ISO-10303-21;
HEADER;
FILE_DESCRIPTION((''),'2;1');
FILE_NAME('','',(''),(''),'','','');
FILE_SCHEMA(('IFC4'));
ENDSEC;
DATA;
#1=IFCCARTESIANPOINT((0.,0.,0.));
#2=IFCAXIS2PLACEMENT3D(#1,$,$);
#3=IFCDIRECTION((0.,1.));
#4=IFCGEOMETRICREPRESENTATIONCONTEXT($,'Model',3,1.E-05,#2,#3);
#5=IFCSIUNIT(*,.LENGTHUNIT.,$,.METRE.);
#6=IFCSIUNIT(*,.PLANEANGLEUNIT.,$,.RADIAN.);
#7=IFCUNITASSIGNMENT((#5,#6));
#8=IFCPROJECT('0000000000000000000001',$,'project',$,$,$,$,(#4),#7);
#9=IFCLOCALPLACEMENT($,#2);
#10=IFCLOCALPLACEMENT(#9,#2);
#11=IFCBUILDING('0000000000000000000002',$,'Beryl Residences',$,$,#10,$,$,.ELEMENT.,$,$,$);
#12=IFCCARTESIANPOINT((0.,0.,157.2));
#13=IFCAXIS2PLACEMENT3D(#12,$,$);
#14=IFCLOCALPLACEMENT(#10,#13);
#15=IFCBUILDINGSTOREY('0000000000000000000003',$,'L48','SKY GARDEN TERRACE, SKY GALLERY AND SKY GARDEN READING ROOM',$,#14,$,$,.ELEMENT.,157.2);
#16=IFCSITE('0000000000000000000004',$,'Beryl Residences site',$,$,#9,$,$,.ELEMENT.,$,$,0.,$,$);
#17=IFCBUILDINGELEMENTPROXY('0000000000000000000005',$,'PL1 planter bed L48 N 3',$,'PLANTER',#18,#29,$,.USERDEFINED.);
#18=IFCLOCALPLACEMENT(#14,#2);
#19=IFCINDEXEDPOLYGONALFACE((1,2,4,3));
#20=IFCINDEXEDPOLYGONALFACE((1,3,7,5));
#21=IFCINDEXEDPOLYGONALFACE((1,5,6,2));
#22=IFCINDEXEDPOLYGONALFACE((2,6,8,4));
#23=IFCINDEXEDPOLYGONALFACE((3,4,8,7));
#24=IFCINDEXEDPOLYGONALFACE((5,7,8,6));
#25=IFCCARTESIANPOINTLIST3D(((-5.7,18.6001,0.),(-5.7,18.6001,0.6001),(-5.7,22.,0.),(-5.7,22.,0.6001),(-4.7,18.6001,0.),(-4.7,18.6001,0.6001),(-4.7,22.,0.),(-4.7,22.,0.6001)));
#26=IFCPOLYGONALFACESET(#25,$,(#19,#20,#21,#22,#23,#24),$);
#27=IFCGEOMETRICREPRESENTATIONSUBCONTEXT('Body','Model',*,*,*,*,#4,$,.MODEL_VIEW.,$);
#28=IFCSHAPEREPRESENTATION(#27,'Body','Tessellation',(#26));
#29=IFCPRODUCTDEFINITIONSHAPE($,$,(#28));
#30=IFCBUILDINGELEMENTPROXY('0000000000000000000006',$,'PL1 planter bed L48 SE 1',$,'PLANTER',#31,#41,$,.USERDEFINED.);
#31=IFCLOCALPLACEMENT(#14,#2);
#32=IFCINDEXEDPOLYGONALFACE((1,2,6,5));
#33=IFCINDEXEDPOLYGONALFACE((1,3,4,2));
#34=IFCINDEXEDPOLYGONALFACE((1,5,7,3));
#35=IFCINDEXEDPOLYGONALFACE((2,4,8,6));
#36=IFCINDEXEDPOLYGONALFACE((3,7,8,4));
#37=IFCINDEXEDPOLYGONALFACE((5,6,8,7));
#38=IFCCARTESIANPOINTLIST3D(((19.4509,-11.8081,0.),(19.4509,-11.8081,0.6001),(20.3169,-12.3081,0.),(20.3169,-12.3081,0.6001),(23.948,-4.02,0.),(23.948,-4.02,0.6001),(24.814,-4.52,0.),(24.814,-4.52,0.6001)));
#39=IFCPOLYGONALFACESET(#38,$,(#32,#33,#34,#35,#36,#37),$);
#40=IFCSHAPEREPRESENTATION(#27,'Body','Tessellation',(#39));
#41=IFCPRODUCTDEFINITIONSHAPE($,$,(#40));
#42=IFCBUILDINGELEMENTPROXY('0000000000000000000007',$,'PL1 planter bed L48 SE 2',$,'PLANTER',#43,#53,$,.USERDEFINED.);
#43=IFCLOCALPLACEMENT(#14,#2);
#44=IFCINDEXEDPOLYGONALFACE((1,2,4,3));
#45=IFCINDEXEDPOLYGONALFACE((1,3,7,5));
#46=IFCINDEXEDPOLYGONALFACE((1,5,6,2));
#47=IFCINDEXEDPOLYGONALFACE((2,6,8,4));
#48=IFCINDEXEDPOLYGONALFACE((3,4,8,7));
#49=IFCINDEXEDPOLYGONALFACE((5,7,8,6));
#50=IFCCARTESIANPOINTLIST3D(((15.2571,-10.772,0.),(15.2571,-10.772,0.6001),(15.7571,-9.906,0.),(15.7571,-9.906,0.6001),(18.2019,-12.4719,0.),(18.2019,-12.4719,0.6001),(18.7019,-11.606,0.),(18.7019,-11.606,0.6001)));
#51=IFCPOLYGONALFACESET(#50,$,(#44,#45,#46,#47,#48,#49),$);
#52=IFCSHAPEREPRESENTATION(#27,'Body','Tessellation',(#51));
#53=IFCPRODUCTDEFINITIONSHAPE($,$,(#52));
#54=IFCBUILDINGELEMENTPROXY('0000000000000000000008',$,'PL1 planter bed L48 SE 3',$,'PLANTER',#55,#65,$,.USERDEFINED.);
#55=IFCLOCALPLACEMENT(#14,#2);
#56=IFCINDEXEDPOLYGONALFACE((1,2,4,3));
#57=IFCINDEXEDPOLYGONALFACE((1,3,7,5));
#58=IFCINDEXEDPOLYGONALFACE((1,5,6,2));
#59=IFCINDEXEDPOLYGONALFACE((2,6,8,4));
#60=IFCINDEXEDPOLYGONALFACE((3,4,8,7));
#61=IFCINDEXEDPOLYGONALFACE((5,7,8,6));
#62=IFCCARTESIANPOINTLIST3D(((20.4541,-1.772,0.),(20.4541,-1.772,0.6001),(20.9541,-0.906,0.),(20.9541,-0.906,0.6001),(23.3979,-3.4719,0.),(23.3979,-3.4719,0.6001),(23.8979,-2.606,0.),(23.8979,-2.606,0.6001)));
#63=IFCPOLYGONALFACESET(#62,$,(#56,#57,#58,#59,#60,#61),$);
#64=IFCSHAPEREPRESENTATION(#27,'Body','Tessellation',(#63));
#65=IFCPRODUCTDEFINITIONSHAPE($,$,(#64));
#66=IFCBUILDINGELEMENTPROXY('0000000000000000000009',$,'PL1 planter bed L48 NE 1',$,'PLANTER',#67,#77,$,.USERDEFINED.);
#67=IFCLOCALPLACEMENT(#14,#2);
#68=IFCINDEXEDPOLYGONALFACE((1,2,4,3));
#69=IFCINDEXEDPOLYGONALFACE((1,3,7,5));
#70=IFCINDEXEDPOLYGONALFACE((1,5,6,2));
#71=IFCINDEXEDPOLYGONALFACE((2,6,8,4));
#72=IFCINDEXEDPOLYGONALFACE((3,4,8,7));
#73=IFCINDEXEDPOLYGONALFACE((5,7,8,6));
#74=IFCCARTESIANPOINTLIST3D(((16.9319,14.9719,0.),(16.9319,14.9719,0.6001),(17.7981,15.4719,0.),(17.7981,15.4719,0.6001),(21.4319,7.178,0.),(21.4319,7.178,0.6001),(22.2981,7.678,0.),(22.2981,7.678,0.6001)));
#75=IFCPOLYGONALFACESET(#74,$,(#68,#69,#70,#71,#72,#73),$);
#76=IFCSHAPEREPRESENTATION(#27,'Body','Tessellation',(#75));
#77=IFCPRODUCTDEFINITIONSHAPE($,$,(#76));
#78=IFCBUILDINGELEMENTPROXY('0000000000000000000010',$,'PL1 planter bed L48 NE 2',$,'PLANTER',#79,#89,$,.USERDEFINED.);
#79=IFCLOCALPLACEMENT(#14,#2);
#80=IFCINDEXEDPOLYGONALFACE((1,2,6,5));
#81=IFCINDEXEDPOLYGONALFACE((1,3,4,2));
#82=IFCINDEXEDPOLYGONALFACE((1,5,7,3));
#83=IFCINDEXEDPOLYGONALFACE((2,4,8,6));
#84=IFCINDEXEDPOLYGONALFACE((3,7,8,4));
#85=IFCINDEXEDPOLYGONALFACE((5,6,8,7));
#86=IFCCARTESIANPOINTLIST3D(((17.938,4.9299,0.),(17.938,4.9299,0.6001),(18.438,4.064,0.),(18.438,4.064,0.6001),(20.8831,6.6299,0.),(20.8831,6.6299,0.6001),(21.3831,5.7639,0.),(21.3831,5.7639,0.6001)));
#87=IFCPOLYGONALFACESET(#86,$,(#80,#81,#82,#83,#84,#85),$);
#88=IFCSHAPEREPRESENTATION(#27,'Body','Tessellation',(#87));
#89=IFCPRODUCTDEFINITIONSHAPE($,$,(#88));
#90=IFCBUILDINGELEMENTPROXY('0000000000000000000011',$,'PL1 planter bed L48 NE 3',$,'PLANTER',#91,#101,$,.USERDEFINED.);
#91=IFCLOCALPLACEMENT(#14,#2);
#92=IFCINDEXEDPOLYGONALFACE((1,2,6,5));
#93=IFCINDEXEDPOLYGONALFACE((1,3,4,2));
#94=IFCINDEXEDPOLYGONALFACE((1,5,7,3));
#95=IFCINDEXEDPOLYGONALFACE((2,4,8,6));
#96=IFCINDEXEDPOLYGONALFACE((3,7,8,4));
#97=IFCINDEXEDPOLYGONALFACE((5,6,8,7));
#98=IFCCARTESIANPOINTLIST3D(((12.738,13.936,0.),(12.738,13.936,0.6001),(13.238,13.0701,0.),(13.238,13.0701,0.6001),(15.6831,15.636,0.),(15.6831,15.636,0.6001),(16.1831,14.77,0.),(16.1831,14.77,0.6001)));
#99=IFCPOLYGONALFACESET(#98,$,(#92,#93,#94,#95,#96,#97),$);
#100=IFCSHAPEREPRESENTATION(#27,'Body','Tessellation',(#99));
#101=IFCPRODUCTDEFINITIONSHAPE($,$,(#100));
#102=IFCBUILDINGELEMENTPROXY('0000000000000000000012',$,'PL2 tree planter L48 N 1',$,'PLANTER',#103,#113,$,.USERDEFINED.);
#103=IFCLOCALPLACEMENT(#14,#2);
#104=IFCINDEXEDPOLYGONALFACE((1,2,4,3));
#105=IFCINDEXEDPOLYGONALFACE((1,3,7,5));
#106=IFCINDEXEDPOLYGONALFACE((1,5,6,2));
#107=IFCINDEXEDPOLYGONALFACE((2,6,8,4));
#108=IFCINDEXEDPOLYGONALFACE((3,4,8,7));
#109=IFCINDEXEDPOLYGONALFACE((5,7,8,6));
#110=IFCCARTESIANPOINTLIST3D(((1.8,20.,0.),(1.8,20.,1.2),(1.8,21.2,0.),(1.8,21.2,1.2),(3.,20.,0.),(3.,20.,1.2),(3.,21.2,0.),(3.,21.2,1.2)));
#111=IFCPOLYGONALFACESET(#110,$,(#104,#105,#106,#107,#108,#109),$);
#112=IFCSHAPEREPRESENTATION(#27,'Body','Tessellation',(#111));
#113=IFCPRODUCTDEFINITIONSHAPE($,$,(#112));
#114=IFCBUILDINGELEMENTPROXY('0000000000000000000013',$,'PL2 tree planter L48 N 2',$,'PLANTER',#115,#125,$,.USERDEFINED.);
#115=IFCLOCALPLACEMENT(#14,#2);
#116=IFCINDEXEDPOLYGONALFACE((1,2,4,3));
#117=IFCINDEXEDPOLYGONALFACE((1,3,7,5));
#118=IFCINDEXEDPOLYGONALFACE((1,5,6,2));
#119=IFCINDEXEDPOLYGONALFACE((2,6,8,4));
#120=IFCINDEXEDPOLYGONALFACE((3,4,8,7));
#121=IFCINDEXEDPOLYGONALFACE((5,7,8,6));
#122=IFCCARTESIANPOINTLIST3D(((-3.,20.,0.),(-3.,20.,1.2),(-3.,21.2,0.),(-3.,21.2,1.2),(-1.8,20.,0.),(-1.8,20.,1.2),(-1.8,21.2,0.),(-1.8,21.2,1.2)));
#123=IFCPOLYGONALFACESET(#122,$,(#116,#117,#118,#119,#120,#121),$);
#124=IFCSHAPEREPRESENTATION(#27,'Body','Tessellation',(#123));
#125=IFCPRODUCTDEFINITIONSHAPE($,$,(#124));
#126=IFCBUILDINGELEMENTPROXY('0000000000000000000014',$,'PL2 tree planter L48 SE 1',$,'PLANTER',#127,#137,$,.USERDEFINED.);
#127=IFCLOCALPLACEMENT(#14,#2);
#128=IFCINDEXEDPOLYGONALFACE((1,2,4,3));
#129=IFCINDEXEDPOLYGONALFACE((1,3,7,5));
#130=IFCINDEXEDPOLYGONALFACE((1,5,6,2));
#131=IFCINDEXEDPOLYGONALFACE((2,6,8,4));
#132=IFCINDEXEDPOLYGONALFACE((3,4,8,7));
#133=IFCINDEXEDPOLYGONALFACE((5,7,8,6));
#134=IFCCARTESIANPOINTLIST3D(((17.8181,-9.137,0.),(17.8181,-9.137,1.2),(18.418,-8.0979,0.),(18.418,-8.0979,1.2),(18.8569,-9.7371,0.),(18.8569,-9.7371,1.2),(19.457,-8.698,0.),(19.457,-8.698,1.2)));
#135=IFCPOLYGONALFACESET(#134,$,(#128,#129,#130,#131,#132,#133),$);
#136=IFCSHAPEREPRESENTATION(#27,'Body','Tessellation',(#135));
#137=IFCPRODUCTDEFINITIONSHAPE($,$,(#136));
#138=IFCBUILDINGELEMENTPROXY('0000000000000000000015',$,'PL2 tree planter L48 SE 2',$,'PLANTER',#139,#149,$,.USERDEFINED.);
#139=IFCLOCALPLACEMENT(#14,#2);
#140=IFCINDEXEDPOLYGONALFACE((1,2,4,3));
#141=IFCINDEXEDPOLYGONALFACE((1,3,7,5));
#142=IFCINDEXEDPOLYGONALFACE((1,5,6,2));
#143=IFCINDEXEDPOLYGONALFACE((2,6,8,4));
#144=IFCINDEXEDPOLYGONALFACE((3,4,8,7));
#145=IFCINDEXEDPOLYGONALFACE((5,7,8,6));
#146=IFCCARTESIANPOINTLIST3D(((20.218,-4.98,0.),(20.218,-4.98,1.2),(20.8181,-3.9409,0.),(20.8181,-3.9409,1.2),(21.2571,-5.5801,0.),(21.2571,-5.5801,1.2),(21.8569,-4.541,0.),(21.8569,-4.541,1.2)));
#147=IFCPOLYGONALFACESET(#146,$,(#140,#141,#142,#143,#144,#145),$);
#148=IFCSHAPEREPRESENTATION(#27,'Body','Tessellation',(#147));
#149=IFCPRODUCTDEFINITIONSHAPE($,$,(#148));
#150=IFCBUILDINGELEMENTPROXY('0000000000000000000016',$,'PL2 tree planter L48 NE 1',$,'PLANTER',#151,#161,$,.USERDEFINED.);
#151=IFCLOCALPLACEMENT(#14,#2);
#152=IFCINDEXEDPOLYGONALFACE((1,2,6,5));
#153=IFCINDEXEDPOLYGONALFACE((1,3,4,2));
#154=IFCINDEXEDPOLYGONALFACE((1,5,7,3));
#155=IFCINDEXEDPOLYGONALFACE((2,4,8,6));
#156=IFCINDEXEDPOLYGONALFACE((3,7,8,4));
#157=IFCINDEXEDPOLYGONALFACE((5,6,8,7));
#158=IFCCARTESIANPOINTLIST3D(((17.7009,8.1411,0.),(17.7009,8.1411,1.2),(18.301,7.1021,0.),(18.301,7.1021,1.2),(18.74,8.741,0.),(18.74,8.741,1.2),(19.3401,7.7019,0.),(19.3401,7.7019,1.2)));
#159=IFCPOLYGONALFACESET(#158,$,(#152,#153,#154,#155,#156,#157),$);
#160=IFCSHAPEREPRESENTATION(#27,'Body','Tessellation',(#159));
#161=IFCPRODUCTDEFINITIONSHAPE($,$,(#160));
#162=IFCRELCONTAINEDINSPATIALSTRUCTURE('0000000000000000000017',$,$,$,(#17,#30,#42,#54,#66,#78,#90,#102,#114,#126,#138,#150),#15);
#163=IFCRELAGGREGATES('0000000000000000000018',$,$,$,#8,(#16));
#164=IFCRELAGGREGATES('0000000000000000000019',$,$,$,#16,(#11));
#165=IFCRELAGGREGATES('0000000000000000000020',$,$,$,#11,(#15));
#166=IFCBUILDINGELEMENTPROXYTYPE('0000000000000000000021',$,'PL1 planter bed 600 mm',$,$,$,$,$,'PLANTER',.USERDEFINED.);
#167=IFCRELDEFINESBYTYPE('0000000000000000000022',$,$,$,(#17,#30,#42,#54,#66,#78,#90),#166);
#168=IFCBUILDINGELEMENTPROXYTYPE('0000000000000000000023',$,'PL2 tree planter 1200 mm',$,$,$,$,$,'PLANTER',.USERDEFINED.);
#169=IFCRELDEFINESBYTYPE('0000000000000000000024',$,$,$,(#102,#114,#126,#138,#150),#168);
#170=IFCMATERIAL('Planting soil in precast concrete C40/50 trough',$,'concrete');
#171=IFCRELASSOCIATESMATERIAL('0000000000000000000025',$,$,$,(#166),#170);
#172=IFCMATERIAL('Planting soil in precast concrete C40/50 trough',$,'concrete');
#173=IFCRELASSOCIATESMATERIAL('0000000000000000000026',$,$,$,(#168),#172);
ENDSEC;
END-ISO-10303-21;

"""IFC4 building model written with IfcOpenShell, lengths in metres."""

from ifc_helpers import new_model, si_unit, direction, frame, origin, place, context, subcontext, project, spatial, polyline, outline, extrude, material, type_object, element, save


model = new_model("IFC4")

# Units and contexts
model_context = context("Model", 3, precision=1e-05, world=origin(), true_north=direction((0.0, 1.0)))
body_context = subcontext(model_context, "Body", "Model", "MODEL_VIEW")
ifc_project = project(units=[si_unit("LENGTHUNIT", "METRE"), si_unit("PLANEANGLEUNIT", "RADIAN")], contexts=[model_context])

# Site, building, storey
site_placement = place(None, origin())
site = spatial("IfcSite", under=ifc_project, at=site_placement, Name="Beryl Residences site", CompositionType="ELEMENT", RefElevation=0.0)
building_placement = place(site_placement, origin())
building = spatial("IfcBuilding", under=site, at=building_placement, Name="Beryl Residences", CompositionType="ELEMENT")
storey_placement = place(building_placement, frame((0.0, 0.0, 157.2)))
storey = spatial("IfcBuildingStorey", under=building, at=storey_placement, Name="L48", Description="SKY GARDEN TERRACE, SKY GALLERY AND SKY GARDEN READING ROOM", CompositionType="ELEMENT", Elevation=157.2)

# Building element proxies
ifc_material_1 = material(Name="Planting soil in precast concrete C40/50 trough", Category="concrete")
building_element_proxy_type_1 = type_object("IfcBuildingElementProxyType", Name="PL1 planter bed 600 mm", ElementType="PLANTER", PredefinedType="USERDEFINED", material=ifc_material_1)
proxy_1_placement = place(storey_placement, origin())
element("IfcBuildingElementProxy", 1, at=proxy_1_placement, inside=storey, type_object=building_element_proxy_type_1, Name="PL1 planter bed L48 N 3", ObjectType="PLANTER", PredefinedType="USERDEFINED", context=body_context, shape_type="SweptSolid", body=[
    extrude(outline(polyline([(-4.7, 22.0), (-5.7, 22.0), (-5.7, 18.6001), (-4.7, 18.6001), (-4.7, 22.0)])), origin(), (0.0, 0.0, 1.0), 0.6001),
])
proxy_2_placement = place(storey_placement, origin())
element("IfcBuildingElementProxy", 2, at=proxy_2_placement, inside=storey, type_object=building_element_proxy_type_1, Name="PL1 planter bed L48 SE 1", ObjectType="PLANTER", PredefinedType="USERDEFINED", context=body_context, shape_type="SweptSolid", body=[
    extrude(outline(polyline([(20.3169, -12.3081), (24.814, -4.52), (23.948, -4.02), (19.4509, -11.8081), (20.3169, -12.3081)])), origin(), (0.0, 0.0, 1.0), 0.6001),
])
proxy_3_placement = place(storey_placement, origin())
element("IfcBuildingElementProxy", 3, at=proxy_3_placement, inside=storey, type_object=building_element_proxy_type_1, Name="PL1 planter bed L48 SE 2", ObjectType="PLANTER", PredefinedType="USERDEFINED", context=body_context, shape_type="SweptSolid", body=[
    extrude(outline(polyline([(18.2019, -12.4719), (18.7019, -11.606), (15.7571, -9.906), (15.2571, -10.772), (18.2019, -12.4719)])), origin(), (0.0, 0.0, 1.0), 0.6001),
])
proxy_4_placement = place(storey_placement, origin())
element("IfcBuildingElementProxy", 4, at=proxy_4_placement, inside=storey, type_object=building_element_proxy_type_1, Name="PL1 planter bed L48 SE 3", ObjectType="PLANTER", PredefinedType="USERDEFINED", context=body_context, shape_type="SweptSolid", body=[
    extrude(outline(polyline([(23.3979, -3.4719), (23.8979, -2.606), (20.9541, -0.906), (20.4541, -1.772), (23.3979, -3.4719)])), origin(), (0.0, 0.0, 1.0), 0.6001),
])
proxy_5_placement = place(storey_placement, origin())
element("IfcBuildingElementProxy", 5, at=proxy_5_placement, inside=storey, type_object=building_element_proxy_type_1, Name="PL1 planter bed L48 NE 1", ObjectType="PLANTER", PredefinedType="USERDEFINED", context=body_context, shape_type="SweptSolid", body=[
    extrude(outline(polyline([(22.2981, 7.678), (17.7981, 15.4719), (16.9319, 14.9719), (21.4319, 7.178), (22.2981, 7.678)])), origin(), (0.0, 0.0, 1.0), 0.6001),
])
proxy_6_placement = place(storey_placement, origin())
element("IfcBuildingElementProxy", 6, at=proxy_6_placement, inside=storey, type_object=building_element_proxy_type_1, Name="PL1 planter bed L48 NE 2", ObjectType="PLANTER", PredefinedType="USERDEFINED", context=body_context, shape_type="SweptSolid", body=[
    extrude(outline(polyline([(21.3831, 5.7639), (20.8831, 6.6299), (17.938, 4.9299), (18.438, 4.064), (21.3831, 5.7639)])), origin(), (0.0, 0.0, 1.0), 0.6001),
])
proxy_7_placement = place(storey_placement, origin())
element("IfcBuildingElementProxy", 7, at=proxy_7_placement, inside=storey, type_object=building_element_proxy_type_1, Name="PL1 planter bed L48 NE 3", ObjectType="PLANTER", PredefinedType="USERDEFINED", context=body_context, shape_type="SweptSolid", body=[
    extrude(outline(polyline([(16.1831, 14.77), (15.6831, 15.636), (12.738, 13.936), (13.238, 13.0701), (16.1831, 14.77)])), origin(), (0.0, 0.0, 1.0), 0.6001),
])
ifc_material_2 = material(Name="Planting soil in precast concrete C40/50 trough", Category="concrete")
building_element_proxy_type_2 = type_object("IfcBuildingElementProxyType", Name="PL2 tree planter 1200 mm", ElementType="PLANTER", PredefinedType="USERDEFINED", material=ifc_material_2)
proxy_8_placement = place(storey_placement, origin())
element("IfcBuildingElementProxy", 8, at=proxy_8_placement, inside=storey, type_object=building_element_proxy_type_2, Name="PL2 tree planter L48 N 1", ObjectType="PLANTER", PredefinedType="USERDEFINED", context=body_context, shape_type="SweptSolid", body=[
    extrude(outline(polyline([(3.0, 21.2), (1.8, 21.2), (1.8, 20.0), (3.0, 20.0), (3.0, 21.2)])), origin(), (0.0, 0.0, 1.0), 1.2),
])
proxy_9_placement = place(storey_placement, origin())
element("IfcBuildingElementProxy", 9, at=proxy_9_placement, inside=storey, type_object=building_element_proxy_type_2, Name="PL2 tree planter L48 N 2", ObjectType="PLANTER", PredefinedType="USERDEFINED", context=body_context, shape_type="SweptSolid", body=[
    extrude(outline(polyline([(-1.8, 21.2), (-3.0, 21.2), (-3.0, 20.0), (-1.8, 20.0), (-1.8, 21.2)])), origin(), (0.0, 0.0, 1.0), 1.2),
])
proxy_10_placement = place(storey_placement, origin())
element("IfcBuildingElementProxy", 10, at=proxy_10_placement, inside=storey, type_object=building_element_proxy_type_2, Name="PL2 tree planter L48 SE 1", ObjectType="PLANTER", PredefinedType="USERDEFINED", context=body_context, shape_type="SweptSolid", body=[
    extrude(outline(polyline([(18.8569, -9.7371), (19.457, -8.698), (18.418, -8.0979), (17.8181, -9.137), (18.8569, -9.7371)])), origin(), (0.0, 0.0, 1.0), 1.2),
])
proxy_11_placement = place(storey_placement, origin())
element("IfcBuildingElementProxy", 11, at=proxy_11_placement, inside=storey, type_object=building_element_proxy_type_2, Name="PL2 tree planter L48 SE 2", ObjectType="PLANTER", PredefinedType="USERDEFINED", context=body_context, shape_type="SweptSolid", body=[
    extrude(outline(polyline([(21.2571, -5.5801), (21.8569, -4.541), (20.8181, -3.9409), (20.218, -4.98), (21.2571, -5.5801)])), origin(), (0.0, 0.0, 1.0), 1.2),
])
proxy_12_placement = place(storey_placement, origin())
element("IfcBuildingElementProxy", 12, at=proxy_12_placement, inside=storey, type_object=building_element_proxy_type_2, Name="PL2 tree planter L48 NE 1", ObjectType="PLANTER", PredefinedType="USERDEFINED", context=body_context, shape_type="SweptSolid", body=[
    extrude(outline(polyline([(19.3401, 7.7019), (18.74, 8.741), (17.7009, 8.1411), (18.301, 7.1021), (19.3401, 7.7019)])), origin(), (0.0, 0.0, 1.0), 1.2),
])

save(model, "model.ifc")
